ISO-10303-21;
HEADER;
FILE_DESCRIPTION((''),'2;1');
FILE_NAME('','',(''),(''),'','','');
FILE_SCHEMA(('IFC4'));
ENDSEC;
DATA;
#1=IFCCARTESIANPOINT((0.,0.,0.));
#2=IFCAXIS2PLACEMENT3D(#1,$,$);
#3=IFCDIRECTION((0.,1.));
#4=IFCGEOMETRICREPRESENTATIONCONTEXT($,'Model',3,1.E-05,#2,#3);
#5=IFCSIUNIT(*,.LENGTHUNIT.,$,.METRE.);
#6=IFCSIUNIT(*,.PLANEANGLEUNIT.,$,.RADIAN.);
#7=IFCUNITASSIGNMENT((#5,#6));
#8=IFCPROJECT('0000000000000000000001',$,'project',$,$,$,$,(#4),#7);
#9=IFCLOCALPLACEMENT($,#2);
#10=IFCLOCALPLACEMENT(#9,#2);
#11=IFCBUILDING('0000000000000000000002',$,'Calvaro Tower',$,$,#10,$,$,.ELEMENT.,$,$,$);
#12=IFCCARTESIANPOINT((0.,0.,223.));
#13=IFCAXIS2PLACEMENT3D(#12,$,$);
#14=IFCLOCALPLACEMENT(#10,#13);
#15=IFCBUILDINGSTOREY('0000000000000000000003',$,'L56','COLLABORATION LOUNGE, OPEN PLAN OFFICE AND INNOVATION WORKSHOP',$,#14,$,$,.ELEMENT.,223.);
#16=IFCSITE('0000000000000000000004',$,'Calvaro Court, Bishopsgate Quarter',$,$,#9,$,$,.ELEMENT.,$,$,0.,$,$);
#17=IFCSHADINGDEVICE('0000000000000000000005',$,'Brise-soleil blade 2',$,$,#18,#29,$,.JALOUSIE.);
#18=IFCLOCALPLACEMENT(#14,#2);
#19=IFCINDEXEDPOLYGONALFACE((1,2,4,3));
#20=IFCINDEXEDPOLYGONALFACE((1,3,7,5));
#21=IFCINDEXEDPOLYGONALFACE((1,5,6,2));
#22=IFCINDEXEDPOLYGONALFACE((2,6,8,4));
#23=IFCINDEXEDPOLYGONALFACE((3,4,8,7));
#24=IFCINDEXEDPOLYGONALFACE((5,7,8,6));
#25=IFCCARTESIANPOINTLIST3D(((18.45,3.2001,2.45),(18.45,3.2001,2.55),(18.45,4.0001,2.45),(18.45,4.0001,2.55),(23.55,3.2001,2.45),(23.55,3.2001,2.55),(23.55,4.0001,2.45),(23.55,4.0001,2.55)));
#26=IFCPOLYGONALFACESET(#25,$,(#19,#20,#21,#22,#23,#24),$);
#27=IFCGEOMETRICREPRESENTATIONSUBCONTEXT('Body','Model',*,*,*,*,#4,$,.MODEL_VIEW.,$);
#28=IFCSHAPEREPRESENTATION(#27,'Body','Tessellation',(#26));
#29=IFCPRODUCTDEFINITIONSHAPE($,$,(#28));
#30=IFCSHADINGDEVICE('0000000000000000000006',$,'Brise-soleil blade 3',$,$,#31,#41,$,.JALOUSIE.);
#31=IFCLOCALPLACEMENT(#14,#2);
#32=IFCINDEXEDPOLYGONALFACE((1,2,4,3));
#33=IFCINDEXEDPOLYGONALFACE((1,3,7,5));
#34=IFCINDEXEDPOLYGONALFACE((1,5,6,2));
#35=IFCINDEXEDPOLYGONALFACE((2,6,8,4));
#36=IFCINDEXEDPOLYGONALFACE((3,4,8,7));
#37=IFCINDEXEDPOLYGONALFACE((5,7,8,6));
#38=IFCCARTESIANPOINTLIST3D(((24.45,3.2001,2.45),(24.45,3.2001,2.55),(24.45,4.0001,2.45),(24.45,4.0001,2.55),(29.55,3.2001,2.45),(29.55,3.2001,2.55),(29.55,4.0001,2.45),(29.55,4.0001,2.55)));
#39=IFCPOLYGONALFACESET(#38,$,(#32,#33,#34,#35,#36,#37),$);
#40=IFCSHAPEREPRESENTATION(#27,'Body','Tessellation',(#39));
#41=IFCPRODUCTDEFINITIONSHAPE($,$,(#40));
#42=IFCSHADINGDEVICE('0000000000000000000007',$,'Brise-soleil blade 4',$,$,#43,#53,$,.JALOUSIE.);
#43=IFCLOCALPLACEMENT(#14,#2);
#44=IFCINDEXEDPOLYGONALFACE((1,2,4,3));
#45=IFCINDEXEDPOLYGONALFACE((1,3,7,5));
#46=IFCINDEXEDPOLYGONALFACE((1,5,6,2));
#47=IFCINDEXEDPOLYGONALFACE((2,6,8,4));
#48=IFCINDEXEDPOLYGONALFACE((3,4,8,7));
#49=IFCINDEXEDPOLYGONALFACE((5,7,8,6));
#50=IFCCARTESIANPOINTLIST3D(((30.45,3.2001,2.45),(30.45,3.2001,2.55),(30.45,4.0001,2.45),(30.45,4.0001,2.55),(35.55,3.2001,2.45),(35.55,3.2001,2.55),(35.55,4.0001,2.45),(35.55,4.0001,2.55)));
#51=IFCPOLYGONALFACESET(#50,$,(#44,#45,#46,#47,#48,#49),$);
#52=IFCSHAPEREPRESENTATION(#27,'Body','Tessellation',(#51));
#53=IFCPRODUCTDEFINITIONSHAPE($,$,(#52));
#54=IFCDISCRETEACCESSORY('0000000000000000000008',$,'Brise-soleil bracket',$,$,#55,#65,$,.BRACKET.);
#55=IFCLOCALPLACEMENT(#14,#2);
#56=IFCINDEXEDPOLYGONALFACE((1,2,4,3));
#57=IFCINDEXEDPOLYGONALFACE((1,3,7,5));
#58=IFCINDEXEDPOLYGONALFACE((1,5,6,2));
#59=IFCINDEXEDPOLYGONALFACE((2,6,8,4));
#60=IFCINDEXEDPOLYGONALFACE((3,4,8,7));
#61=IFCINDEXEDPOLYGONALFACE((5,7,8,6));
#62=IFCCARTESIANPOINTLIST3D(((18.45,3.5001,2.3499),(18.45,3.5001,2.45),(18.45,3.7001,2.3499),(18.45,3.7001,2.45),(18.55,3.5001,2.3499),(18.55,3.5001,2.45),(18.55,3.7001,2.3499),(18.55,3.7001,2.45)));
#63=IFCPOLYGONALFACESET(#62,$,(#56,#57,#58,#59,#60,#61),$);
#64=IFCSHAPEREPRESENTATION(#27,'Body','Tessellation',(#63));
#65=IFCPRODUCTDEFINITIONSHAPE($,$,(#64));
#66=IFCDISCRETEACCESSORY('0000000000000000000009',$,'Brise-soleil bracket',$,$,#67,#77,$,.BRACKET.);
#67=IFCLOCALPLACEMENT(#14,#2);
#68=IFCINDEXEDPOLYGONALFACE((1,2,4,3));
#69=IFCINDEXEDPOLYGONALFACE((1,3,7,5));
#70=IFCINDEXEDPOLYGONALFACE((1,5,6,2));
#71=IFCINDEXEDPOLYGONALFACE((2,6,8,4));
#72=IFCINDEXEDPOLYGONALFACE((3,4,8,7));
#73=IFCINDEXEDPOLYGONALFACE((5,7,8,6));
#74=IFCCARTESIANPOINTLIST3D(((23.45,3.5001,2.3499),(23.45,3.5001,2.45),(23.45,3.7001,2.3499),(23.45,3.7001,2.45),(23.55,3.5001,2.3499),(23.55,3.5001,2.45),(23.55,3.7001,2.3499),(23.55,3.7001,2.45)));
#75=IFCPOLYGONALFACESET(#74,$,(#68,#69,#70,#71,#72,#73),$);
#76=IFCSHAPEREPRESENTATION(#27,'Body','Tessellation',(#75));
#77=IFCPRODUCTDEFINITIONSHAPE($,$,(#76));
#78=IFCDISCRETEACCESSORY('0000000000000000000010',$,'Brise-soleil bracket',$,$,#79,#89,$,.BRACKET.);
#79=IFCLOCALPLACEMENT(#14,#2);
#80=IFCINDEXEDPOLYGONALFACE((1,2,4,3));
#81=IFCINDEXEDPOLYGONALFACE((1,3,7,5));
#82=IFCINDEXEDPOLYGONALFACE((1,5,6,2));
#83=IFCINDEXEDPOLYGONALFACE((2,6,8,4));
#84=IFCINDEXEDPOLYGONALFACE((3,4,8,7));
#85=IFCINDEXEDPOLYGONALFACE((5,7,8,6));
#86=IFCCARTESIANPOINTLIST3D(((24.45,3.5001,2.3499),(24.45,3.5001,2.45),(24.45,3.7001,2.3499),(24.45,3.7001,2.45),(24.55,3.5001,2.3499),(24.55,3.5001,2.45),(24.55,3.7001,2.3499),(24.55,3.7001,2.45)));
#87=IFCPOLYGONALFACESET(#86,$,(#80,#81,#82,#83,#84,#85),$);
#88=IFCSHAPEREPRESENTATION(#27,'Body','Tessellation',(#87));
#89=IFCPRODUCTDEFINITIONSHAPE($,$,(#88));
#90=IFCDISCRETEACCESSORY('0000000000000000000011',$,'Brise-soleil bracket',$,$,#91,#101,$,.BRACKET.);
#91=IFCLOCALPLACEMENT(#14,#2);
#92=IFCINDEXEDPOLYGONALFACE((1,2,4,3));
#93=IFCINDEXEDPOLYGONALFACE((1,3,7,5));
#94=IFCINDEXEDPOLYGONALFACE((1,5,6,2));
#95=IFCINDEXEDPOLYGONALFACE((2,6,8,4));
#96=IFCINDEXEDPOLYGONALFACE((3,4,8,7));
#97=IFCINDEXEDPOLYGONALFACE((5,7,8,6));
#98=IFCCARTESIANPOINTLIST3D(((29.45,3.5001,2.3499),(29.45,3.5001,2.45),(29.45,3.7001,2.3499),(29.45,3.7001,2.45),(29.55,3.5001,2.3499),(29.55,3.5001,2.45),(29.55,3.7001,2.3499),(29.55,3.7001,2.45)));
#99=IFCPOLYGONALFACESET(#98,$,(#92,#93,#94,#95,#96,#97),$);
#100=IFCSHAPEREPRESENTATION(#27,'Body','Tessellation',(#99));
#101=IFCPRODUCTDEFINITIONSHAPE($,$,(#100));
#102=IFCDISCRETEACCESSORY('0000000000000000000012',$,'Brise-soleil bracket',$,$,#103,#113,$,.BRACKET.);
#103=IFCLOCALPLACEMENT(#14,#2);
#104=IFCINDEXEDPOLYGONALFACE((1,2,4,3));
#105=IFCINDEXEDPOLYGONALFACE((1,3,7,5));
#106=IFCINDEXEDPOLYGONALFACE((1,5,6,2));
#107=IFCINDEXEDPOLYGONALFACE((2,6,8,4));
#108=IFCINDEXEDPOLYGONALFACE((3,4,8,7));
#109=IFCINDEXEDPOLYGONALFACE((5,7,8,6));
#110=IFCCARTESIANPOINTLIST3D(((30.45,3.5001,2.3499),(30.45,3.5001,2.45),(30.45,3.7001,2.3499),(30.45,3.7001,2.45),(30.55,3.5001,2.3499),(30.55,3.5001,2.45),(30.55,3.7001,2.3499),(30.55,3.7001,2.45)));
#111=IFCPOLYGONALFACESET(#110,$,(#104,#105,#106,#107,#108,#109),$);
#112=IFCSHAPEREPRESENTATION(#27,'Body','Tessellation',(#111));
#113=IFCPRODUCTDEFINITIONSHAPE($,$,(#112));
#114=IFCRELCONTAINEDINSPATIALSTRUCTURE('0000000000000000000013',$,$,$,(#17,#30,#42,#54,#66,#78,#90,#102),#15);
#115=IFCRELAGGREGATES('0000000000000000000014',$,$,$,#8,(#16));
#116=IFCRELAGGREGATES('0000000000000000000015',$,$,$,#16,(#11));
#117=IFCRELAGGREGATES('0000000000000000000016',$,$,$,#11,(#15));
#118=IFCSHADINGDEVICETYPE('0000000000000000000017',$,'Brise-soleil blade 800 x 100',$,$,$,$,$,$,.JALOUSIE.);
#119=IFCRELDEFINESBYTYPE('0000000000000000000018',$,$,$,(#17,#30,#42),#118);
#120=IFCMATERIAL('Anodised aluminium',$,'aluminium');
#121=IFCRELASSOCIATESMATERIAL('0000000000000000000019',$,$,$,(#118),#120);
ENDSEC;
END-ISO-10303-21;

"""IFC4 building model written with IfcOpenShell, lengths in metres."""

from ifc_helpers import new_model, si_unit, direction, frame, origin, origin_2d, place, context, subcontext, project, spatial, rectangle, extrude, material, material_profile, profile_set, type_object, element, save


model = new_model("IFC4")

# Units and contexts
model_context = context("Model", 3, precision=1e-05, world=origin(), true_north=direction((0.0, 1.0)))
body_context = subcontext(model_context, "Body", "Model", "MODEL_VIEW")
ifc_project = project(units=[si_unit("LENGTHUNIT", "METRE"), si_unit("PLANEANGLEUNIT", "RADIAN")], contexts=[model_context])

# Site, building, storey
site_placement = place(None, origin())
site = spatial("IfcSite", under=ifc_project, at=site_placement, Name="Calvaro Court, Bishopsgate Quarter", CompositionType="ELEMENT", RefElevation=0.0)
building_placement = place(site_placement, origin())
building = spatial("IfcBuilding", under=site, at=building_placement, Name="Calvaro Tower", CompositionType="ELEMENT")
storey_placement = place(building_placement, frame((0.0, 0.0, 223.0)))
storey = spatial("IfcBuildingStorey", under=building, at=storey_placement, Name="L56", Description="COLLABORATION LOUNGE, OPEN PLAN OFFICE AND INNOVATION WORKSHOP", CompositionType="ELEMENT", Elevation=223.0)

# Shading devices
ifc_material_1 = material(Name="Anodised aluminium", Category="aluminium")
ifc_material_profile_1 = material_profile(ifc_material_1, rectangle(XDim=0.8, YDim=0.1001, at=origin_2d()), Name="Brise-soleil blade 800 x 100")
ifc_profile_set_1 = profile_set([ifc_material_profile_1], Name="Anodised aluminium")
shading_device_type = type_object("IfcShadingDeviceType", Name="Brise-soleil blade 800 x 100", PredefinedType="JALOUSIE", material=ifc_profile_set_1)
for number, where, z_axis, x_axis, name in (
    (1, (18.45, 3.6001, 2.5), (1.0, 0.0, 0.0), (0.0, 1.0, 0.0), "Brise-soleil blade 2"),
    (2, (24.45, 3.6001, 2.5), (1.0, 0.0, 0.0), (0.0, 1.0, 0.0), "Brise-soleil blade 3"),
    (3, (30.45, 3.6001, 2.5), (1.0, 0.0, 0.0), (0.0, 1.0, 0.0), "Brise-soleil blade 4"),
):
    element("IfcShadingDevice", number, at=place(storey_placement, frame(where, z_axis=z_axis, x_axis=x_axis)), inside=storey, type_object=shading_device_type, Name=name, PredefinedType="JALOUSIE", context=body_context, shape_type="SweptSolid", body=[
        extrude(rectangle(XDim=0.8, YDim=0.1001, at=origin_2d()), origin(), (0.0, 0.0, 1.0), 5.1001),
    ])

# Discrete accessories
for number, where, z_axis, x_axis, name in (
    (4, (18.5, 3.6001, 2.3499), (0.0, 0.0, 1.0), (1.0, 0.0, 0.0), "Brise-soleil bracket"),
    (5, (23.5, 3.6001, 2.3499), (0.0, 0.0, 1.0), (1.0, 0.0, 0.0), "Brise-soleil bracket"),
    (6, (24.5, 3.6001, 2.3499), (0.0, 0.0, 1.0), (1.0, 0.0, 0.0), "Brise-soleil bracket"),
    (7, (29.5, 3.6001, 2.3499), (0.0, 0.0, 1.0), (1.0, 0.0, 0.0), "Brise-soleil bracket"),
    (8, (30.5, 3.6001, 2.3499), (0.0, 0.0, 1.0), (1.0, 0.0, 0.0), "Brise-soleil bracket"),
):
    element("IfcDiscreteAccessory", number, at=place(storey_placement, frame(where, z_axis=z_axis, x_axis=x_axis)), inside=storey, Name=name, PredefinedType="BRACKET", context=body_context, shape_type="SweptSolid", body=[
        extrude(rectangle(XDim=0.1001, YDim=0.2, at=origin_2d()), origin(), (0.0, 0.0, 1.0), 0.1001),
    ])

save(model, "model.ifc")
